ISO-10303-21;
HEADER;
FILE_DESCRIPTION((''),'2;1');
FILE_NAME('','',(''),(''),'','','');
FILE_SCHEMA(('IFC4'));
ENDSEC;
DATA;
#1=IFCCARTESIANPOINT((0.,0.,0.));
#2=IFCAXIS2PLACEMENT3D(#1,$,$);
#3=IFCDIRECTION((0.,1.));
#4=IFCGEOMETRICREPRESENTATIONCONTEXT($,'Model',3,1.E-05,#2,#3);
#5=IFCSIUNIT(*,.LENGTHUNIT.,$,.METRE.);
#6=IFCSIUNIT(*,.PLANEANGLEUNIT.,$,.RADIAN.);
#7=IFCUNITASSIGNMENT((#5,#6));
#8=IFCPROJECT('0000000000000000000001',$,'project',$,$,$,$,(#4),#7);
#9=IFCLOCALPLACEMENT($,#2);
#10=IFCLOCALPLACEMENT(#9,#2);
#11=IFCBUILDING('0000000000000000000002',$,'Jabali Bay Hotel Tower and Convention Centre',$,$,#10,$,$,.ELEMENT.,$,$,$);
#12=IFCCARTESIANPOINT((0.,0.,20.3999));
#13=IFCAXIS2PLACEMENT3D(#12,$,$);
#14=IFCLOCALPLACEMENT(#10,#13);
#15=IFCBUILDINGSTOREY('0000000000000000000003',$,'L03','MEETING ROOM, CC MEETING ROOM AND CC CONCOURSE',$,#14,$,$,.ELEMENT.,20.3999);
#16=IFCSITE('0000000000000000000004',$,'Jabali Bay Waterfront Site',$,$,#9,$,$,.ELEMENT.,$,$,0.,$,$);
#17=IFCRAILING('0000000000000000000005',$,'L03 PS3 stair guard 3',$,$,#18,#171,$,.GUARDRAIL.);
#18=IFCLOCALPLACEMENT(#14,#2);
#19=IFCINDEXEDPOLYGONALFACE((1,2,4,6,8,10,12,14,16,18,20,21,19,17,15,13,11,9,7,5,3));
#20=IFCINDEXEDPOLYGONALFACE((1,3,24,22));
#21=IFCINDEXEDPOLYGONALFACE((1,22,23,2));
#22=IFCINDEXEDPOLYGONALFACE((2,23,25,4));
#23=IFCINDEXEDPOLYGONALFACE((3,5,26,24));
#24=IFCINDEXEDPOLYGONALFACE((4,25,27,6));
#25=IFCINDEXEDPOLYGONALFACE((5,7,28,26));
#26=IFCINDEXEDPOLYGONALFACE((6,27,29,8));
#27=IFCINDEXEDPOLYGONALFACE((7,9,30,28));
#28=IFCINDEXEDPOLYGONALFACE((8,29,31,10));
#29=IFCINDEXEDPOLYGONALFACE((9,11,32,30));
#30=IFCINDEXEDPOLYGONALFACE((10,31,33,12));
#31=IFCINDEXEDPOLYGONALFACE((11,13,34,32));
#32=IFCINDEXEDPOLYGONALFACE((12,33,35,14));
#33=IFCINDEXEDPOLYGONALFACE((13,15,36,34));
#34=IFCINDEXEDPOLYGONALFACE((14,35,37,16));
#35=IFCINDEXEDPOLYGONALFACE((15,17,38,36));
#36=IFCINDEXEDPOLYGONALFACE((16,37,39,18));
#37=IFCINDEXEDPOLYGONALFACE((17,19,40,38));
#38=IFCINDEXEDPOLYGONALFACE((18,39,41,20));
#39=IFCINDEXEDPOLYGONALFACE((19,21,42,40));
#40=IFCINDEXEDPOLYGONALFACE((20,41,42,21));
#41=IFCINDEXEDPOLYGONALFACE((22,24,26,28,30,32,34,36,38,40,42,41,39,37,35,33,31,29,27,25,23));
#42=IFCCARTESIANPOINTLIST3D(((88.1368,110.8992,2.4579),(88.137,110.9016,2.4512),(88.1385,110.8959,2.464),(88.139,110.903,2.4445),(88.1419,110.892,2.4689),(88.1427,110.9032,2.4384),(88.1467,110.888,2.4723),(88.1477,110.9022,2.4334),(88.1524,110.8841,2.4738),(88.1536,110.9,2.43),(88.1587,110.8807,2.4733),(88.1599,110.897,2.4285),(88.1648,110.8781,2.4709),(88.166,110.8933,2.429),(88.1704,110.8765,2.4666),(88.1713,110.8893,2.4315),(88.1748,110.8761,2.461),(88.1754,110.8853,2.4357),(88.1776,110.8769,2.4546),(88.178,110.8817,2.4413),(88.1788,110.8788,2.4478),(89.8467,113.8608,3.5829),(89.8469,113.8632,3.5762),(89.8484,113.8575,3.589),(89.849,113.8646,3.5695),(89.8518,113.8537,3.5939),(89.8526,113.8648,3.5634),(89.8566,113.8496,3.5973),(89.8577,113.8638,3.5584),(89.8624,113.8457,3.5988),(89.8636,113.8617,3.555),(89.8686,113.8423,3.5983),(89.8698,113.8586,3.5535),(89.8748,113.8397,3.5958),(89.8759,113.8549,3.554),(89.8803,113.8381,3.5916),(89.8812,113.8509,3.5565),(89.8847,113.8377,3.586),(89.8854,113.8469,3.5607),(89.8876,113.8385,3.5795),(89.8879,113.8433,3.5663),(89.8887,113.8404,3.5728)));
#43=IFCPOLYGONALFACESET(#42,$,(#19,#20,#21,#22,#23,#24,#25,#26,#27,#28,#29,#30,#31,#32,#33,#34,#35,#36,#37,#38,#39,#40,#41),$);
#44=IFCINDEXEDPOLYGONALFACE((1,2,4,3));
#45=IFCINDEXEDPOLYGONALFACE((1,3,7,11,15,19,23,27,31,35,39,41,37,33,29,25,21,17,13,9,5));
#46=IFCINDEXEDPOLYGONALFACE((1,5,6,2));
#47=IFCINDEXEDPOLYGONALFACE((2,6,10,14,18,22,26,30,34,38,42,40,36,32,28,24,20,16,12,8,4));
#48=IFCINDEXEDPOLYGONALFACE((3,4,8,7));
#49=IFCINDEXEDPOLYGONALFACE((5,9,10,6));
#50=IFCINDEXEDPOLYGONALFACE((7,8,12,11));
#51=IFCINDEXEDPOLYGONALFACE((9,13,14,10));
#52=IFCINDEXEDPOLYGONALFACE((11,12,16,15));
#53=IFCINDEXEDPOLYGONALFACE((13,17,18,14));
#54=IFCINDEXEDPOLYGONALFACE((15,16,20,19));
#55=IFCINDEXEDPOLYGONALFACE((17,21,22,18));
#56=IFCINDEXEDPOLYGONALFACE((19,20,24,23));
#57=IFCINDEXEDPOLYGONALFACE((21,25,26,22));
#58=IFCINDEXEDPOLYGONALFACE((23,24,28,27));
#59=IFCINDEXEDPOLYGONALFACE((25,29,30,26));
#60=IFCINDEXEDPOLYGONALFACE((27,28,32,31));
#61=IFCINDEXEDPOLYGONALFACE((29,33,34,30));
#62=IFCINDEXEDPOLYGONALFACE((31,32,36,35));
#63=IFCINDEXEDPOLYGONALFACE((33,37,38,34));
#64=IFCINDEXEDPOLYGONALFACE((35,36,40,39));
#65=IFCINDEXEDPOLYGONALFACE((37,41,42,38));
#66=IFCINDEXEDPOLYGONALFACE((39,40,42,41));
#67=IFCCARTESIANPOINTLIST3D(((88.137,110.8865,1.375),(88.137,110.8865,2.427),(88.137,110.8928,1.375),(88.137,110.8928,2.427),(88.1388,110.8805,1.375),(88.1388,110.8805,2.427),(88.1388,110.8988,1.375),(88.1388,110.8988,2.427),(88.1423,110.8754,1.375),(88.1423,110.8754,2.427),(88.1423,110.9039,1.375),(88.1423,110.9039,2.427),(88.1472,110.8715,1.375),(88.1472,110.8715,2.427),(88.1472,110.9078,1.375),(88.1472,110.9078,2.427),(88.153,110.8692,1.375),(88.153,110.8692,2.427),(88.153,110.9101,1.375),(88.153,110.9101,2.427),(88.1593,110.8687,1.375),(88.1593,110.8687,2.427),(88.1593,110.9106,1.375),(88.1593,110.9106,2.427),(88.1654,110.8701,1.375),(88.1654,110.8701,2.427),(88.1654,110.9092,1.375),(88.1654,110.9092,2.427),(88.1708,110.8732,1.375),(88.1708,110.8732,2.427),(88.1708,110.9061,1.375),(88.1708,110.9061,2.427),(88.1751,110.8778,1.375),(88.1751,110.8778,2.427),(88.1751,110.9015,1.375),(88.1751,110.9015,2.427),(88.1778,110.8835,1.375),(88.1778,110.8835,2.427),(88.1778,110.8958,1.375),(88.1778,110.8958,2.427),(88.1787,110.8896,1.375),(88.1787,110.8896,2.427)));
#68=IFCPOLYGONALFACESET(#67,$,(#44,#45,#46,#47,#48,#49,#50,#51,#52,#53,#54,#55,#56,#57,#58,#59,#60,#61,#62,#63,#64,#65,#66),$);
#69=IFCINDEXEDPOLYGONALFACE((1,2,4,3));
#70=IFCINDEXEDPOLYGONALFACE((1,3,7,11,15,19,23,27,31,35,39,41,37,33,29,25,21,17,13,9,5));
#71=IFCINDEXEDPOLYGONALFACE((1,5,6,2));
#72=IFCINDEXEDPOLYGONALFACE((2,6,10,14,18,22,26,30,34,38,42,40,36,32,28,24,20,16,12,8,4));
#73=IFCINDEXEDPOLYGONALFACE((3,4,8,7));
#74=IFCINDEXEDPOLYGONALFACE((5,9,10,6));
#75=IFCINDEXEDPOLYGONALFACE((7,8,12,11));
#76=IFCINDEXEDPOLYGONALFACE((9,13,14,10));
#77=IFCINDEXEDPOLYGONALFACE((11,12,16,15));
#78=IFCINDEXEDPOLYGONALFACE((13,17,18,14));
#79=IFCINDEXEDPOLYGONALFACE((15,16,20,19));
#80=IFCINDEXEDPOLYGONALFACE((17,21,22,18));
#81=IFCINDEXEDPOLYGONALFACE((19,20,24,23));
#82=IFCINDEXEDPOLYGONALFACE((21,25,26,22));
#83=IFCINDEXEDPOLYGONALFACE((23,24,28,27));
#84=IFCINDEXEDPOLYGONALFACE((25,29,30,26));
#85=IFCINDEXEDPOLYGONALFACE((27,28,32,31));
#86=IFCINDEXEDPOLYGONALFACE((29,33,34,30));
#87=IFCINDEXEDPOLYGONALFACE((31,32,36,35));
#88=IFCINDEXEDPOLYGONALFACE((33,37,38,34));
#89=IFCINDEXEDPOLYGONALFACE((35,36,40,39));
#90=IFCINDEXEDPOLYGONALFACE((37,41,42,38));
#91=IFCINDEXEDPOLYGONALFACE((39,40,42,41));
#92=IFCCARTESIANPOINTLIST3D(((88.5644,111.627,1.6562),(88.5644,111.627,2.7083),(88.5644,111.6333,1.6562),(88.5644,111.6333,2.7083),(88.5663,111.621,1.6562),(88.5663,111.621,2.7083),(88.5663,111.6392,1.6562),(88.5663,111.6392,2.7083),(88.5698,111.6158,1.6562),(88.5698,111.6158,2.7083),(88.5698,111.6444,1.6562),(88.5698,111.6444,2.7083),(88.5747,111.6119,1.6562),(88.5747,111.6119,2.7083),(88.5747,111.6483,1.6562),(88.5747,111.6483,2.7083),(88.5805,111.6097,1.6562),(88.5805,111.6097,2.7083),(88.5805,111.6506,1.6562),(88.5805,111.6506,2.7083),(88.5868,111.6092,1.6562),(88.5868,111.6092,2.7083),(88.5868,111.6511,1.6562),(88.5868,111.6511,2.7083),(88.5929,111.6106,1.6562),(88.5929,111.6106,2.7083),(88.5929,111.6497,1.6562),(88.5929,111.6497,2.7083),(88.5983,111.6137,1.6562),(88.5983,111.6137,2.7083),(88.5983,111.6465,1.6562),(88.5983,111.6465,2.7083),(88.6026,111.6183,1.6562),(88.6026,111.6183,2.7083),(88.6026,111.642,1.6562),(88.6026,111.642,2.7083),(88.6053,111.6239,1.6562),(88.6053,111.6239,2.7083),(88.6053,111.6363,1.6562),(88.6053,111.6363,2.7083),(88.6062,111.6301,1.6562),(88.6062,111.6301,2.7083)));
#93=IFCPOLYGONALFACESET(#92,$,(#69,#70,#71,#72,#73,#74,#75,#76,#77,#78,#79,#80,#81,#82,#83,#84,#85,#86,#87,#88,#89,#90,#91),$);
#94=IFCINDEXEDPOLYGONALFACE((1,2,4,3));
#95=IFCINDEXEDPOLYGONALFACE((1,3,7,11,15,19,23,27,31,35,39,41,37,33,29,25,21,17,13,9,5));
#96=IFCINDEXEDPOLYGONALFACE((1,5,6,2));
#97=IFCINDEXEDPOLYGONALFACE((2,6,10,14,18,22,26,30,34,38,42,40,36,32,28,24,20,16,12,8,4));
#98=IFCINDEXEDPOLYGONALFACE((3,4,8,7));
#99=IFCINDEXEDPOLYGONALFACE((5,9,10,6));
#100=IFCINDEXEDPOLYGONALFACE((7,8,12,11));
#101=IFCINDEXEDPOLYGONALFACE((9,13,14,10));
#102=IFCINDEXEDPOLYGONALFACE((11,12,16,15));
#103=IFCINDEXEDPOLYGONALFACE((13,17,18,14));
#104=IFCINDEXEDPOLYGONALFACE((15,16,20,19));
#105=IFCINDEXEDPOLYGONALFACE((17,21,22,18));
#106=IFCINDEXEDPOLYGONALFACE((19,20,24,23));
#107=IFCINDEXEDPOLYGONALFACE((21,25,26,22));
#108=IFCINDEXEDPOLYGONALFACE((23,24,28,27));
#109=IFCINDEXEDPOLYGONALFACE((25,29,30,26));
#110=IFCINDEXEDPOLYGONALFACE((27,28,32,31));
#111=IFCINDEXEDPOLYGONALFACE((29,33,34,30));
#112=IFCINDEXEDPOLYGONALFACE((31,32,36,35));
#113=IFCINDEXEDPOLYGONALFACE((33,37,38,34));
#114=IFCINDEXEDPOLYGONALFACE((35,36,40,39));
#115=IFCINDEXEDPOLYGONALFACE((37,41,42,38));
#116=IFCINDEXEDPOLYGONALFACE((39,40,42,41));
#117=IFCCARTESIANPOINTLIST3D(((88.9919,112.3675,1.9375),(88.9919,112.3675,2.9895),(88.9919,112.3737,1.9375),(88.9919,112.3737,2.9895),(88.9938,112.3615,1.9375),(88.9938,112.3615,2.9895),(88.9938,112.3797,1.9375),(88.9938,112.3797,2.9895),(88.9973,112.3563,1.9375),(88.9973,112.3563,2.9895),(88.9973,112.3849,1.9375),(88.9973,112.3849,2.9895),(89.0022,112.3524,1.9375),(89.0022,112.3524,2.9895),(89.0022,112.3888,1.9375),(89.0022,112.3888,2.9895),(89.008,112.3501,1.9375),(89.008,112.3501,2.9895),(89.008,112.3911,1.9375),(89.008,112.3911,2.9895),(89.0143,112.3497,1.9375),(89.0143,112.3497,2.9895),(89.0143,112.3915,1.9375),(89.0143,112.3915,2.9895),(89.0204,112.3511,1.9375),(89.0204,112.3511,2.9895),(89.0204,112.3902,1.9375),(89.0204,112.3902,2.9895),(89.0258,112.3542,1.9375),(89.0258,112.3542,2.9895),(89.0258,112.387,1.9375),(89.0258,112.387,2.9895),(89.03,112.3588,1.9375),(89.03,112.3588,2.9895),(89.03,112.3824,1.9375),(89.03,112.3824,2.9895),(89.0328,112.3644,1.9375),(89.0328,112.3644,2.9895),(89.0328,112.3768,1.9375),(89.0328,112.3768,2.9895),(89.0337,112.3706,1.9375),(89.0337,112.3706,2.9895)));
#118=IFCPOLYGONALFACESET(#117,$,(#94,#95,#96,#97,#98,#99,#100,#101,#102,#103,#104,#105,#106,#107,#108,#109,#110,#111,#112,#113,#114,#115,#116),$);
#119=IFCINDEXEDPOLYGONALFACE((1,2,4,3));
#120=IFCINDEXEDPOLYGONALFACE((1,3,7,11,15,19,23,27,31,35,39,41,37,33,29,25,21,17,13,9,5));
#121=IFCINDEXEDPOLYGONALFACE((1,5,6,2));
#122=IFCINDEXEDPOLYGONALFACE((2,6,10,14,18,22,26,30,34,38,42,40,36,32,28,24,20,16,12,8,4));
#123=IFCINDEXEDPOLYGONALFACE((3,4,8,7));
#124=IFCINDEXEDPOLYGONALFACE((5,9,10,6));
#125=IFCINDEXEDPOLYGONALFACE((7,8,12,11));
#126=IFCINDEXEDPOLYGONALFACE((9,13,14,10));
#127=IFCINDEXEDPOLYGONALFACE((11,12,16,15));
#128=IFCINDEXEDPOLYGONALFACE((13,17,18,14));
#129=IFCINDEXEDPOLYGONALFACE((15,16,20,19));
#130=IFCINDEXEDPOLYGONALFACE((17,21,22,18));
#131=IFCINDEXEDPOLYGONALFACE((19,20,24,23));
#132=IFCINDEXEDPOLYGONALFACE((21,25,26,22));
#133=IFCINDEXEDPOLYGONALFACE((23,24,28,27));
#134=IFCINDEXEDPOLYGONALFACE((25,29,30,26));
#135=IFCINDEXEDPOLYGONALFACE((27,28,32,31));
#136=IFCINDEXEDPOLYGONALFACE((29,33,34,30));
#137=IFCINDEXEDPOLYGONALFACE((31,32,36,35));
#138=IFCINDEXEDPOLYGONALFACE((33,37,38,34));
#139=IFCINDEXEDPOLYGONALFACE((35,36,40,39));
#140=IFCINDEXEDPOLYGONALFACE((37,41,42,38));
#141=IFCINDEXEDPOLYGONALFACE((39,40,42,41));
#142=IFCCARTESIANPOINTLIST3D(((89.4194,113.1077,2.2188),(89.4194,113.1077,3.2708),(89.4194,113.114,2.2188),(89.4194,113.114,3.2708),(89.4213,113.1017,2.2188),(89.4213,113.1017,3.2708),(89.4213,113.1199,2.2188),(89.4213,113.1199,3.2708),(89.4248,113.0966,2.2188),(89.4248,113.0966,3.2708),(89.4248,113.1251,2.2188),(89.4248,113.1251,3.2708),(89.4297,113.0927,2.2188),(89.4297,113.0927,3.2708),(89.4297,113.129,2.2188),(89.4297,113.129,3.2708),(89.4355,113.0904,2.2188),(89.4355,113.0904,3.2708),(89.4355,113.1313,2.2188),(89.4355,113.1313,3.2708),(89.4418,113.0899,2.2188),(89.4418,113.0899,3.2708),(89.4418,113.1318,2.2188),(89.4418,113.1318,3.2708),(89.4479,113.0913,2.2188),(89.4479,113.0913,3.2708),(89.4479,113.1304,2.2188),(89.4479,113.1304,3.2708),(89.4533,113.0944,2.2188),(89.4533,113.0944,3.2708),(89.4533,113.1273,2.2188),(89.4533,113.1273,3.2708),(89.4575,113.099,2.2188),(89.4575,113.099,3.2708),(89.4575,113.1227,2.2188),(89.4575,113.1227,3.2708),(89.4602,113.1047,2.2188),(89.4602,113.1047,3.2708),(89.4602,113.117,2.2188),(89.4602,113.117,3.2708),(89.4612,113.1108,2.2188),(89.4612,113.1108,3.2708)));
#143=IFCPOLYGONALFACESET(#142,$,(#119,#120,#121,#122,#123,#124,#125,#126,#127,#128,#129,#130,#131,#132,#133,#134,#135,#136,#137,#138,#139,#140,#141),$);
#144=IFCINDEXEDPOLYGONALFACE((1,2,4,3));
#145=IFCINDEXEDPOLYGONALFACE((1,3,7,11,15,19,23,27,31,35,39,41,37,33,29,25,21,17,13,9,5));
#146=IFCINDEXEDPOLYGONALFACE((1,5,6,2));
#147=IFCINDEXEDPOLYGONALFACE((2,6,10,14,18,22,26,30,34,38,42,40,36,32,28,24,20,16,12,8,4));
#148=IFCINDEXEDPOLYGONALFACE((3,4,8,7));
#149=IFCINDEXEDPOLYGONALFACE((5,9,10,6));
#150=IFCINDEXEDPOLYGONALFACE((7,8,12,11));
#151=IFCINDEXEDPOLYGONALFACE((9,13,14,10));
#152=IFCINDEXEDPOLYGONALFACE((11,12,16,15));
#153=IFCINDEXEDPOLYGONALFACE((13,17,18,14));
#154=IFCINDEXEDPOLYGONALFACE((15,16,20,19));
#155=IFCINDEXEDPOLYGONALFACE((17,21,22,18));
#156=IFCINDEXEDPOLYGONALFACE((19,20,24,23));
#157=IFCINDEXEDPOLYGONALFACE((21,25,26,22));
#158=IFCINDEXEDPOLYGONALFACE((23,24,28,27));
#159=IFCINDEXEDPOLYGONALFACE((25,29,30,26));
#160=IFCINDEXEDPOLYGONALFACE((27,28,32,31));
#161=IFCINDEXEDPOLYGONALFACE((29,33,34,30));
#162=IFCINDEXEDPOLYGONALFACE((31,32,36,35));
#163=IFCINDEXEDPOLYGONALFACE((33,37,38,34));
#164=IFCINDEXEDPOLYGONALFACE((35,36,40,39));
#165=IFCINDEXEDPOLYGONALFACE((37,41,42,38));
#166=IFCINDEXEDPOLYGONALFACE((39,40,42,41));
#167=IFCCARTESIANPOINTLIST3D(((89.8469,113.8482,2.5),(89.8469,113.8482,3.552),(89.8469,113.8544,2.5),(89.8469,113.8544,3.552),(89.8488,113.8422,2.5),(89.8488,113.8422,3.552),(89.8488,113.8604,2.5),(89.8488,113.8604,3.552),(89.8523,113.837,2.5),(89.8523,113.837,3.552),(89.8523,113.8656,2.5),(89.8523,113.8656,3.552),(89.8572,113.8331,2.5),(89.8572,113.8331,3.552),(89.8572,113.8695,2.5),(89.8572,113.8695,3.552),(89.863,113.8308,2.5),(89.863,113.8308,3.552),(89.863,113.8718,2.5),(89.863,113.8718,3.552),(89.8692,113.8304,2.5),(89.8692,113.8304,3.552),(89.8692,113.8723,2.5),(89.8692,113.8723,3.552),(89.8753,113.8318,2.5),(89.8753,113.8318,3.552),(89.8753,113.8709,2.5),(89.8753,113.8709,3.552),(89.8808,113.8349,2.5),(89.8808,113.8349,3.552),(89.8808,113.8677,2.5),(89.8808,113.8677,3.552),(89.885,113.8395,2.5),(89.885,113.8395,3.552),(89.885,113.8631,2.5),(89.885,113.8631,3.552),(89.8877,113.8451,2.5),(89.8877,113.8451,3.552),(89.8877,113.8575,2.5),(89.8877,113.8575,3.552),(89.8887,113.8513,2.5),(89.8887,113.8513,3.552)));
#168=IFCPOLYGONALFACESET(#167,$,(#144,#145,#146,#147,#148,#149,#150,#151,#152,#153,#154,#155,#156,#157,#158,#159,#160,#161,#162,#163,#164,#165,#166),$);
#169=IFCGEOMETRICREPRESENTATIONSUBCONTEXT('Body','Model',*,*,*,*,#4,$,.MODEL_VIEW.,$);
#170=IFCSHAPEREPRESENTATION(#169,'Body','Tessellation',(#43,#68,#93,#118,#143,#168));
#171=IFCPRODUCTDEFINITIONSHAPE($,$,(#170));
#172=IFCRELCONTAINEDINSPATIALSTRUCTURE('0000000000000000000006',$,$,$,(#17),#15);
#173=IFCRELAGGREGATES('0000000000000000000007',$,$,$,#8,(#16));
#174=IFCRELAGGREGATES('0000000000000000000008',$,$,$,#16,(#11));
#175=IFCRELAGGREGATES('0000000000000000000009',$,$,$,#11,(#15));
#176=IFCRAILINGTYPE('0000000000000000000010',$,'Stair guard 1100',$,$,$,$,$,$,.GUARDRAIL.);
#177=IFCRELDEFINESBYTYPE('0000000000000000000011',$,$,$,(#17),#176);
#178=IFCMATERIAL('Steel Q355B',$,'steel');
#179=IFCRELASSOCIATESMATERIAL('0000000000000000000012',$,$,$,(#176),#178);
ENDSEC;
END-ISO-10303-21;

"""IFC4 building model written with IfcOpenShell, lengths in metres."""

from ifc_helpers import new_model, si_unit, direction, frame, origin, origin_2d, place, context, subcontext, project, spatial, circle, extrude, material, type_object, element, save


model = new_model("IFC4")

# Units and contexts
model_context = context("Model", 3, precision=1e-05, world=origin(), true_north=direction((0.0, 1.0)))
body_context = subcontext(model_context, "Body", "Model", "MODEL_VIEW")
ifc_project = project(units=[si_unit("LENGTHUNIT", "METRE"), si_unit("PLANEANGLEUNIT", "RADIAN")], contexts=[model_context])

# Site, building, storey
site_placement = place(None, origin())
site = spatial("IfcSite", under=ifc_project, at=site_placement, Name="Jabali Bay Waterfront Site", CompositionType="ELEMENT", RefElevation=0.0)
building_placement = place(site_placement, origin())
building = spatial("IfcBuilding", under=site, at=building_placement, Name="Jabali Bay Hotel Tower and Convention Centre", CompositionType="ELEMENT")
storey_placement = place(building_placement, frame((0.0, 0.0, 20.3999)))
storey = spatial("IfcBuildingStorey", under=building, at=storey_placement, Name="L03", Description="MEETING ROOM, CC MEETING ROOM AND CC CONCOURSE", CompositionType="ELEMENT", Elevation=20.3999)

# Railing
ifc_material_1 = material(Name="Steel Q355B", Category="steel")
railing_type_1 = type_object("IfcRailingType", Name="Stair guard 1100", PredefinedType="GUARDRAIL", material=ifc_material_1)
railing_1_placement = place(storey_placement, frame((88.1577, 110.8896, 1.375)))
element("IfcRailing", 1, at=railing_1_placement, inside=storey, type_object=railing_type_1, Name="L03 PS3 stair guard 3", PredefinedType="GUARDRAIL", context=body_context, shape_type="SweptSolid", body=[
    extrude(circle(Radius=0.0239, at=origin_2d()), frame((0.0, 0.0, 1.0762), z_axis=(0.474969, 0.822652, 0.312487), x_axis=(-0.86602, 0.500009, 0.0)), (0.0, 0.0, 1.0), 3.6001),
    extrude(circle(Radius=0.021, at=origin_2d()), origin(), (0.0, 0.0, 1.0), 1.052),
    extrude(circle(Radius=0.021, at=origin_2d()), frame((0.4275, 0.7405, 0.2812)), (0.0, 0.0, 1.0), 1.052),
    extrude(circle(Radius=0.021, at=origin_2d()), frame((0.855, 1.481, 0.5625)), (0.0, 0.0, 1.0), 1.052),
    extrude(circle(Radius=0.021, at=origin_2d()), frame((1.2825, 2.2212, 0.8438)), (0.0, 0.0, 1.0), 1.052),
    extrude(circle(Radius=0.021, at=origin_2d()), frame((1.71, 2.9617, 1.125)), (0.0, 0.0, 1.0), 1.052),
])

save(model, "model.ifc")
